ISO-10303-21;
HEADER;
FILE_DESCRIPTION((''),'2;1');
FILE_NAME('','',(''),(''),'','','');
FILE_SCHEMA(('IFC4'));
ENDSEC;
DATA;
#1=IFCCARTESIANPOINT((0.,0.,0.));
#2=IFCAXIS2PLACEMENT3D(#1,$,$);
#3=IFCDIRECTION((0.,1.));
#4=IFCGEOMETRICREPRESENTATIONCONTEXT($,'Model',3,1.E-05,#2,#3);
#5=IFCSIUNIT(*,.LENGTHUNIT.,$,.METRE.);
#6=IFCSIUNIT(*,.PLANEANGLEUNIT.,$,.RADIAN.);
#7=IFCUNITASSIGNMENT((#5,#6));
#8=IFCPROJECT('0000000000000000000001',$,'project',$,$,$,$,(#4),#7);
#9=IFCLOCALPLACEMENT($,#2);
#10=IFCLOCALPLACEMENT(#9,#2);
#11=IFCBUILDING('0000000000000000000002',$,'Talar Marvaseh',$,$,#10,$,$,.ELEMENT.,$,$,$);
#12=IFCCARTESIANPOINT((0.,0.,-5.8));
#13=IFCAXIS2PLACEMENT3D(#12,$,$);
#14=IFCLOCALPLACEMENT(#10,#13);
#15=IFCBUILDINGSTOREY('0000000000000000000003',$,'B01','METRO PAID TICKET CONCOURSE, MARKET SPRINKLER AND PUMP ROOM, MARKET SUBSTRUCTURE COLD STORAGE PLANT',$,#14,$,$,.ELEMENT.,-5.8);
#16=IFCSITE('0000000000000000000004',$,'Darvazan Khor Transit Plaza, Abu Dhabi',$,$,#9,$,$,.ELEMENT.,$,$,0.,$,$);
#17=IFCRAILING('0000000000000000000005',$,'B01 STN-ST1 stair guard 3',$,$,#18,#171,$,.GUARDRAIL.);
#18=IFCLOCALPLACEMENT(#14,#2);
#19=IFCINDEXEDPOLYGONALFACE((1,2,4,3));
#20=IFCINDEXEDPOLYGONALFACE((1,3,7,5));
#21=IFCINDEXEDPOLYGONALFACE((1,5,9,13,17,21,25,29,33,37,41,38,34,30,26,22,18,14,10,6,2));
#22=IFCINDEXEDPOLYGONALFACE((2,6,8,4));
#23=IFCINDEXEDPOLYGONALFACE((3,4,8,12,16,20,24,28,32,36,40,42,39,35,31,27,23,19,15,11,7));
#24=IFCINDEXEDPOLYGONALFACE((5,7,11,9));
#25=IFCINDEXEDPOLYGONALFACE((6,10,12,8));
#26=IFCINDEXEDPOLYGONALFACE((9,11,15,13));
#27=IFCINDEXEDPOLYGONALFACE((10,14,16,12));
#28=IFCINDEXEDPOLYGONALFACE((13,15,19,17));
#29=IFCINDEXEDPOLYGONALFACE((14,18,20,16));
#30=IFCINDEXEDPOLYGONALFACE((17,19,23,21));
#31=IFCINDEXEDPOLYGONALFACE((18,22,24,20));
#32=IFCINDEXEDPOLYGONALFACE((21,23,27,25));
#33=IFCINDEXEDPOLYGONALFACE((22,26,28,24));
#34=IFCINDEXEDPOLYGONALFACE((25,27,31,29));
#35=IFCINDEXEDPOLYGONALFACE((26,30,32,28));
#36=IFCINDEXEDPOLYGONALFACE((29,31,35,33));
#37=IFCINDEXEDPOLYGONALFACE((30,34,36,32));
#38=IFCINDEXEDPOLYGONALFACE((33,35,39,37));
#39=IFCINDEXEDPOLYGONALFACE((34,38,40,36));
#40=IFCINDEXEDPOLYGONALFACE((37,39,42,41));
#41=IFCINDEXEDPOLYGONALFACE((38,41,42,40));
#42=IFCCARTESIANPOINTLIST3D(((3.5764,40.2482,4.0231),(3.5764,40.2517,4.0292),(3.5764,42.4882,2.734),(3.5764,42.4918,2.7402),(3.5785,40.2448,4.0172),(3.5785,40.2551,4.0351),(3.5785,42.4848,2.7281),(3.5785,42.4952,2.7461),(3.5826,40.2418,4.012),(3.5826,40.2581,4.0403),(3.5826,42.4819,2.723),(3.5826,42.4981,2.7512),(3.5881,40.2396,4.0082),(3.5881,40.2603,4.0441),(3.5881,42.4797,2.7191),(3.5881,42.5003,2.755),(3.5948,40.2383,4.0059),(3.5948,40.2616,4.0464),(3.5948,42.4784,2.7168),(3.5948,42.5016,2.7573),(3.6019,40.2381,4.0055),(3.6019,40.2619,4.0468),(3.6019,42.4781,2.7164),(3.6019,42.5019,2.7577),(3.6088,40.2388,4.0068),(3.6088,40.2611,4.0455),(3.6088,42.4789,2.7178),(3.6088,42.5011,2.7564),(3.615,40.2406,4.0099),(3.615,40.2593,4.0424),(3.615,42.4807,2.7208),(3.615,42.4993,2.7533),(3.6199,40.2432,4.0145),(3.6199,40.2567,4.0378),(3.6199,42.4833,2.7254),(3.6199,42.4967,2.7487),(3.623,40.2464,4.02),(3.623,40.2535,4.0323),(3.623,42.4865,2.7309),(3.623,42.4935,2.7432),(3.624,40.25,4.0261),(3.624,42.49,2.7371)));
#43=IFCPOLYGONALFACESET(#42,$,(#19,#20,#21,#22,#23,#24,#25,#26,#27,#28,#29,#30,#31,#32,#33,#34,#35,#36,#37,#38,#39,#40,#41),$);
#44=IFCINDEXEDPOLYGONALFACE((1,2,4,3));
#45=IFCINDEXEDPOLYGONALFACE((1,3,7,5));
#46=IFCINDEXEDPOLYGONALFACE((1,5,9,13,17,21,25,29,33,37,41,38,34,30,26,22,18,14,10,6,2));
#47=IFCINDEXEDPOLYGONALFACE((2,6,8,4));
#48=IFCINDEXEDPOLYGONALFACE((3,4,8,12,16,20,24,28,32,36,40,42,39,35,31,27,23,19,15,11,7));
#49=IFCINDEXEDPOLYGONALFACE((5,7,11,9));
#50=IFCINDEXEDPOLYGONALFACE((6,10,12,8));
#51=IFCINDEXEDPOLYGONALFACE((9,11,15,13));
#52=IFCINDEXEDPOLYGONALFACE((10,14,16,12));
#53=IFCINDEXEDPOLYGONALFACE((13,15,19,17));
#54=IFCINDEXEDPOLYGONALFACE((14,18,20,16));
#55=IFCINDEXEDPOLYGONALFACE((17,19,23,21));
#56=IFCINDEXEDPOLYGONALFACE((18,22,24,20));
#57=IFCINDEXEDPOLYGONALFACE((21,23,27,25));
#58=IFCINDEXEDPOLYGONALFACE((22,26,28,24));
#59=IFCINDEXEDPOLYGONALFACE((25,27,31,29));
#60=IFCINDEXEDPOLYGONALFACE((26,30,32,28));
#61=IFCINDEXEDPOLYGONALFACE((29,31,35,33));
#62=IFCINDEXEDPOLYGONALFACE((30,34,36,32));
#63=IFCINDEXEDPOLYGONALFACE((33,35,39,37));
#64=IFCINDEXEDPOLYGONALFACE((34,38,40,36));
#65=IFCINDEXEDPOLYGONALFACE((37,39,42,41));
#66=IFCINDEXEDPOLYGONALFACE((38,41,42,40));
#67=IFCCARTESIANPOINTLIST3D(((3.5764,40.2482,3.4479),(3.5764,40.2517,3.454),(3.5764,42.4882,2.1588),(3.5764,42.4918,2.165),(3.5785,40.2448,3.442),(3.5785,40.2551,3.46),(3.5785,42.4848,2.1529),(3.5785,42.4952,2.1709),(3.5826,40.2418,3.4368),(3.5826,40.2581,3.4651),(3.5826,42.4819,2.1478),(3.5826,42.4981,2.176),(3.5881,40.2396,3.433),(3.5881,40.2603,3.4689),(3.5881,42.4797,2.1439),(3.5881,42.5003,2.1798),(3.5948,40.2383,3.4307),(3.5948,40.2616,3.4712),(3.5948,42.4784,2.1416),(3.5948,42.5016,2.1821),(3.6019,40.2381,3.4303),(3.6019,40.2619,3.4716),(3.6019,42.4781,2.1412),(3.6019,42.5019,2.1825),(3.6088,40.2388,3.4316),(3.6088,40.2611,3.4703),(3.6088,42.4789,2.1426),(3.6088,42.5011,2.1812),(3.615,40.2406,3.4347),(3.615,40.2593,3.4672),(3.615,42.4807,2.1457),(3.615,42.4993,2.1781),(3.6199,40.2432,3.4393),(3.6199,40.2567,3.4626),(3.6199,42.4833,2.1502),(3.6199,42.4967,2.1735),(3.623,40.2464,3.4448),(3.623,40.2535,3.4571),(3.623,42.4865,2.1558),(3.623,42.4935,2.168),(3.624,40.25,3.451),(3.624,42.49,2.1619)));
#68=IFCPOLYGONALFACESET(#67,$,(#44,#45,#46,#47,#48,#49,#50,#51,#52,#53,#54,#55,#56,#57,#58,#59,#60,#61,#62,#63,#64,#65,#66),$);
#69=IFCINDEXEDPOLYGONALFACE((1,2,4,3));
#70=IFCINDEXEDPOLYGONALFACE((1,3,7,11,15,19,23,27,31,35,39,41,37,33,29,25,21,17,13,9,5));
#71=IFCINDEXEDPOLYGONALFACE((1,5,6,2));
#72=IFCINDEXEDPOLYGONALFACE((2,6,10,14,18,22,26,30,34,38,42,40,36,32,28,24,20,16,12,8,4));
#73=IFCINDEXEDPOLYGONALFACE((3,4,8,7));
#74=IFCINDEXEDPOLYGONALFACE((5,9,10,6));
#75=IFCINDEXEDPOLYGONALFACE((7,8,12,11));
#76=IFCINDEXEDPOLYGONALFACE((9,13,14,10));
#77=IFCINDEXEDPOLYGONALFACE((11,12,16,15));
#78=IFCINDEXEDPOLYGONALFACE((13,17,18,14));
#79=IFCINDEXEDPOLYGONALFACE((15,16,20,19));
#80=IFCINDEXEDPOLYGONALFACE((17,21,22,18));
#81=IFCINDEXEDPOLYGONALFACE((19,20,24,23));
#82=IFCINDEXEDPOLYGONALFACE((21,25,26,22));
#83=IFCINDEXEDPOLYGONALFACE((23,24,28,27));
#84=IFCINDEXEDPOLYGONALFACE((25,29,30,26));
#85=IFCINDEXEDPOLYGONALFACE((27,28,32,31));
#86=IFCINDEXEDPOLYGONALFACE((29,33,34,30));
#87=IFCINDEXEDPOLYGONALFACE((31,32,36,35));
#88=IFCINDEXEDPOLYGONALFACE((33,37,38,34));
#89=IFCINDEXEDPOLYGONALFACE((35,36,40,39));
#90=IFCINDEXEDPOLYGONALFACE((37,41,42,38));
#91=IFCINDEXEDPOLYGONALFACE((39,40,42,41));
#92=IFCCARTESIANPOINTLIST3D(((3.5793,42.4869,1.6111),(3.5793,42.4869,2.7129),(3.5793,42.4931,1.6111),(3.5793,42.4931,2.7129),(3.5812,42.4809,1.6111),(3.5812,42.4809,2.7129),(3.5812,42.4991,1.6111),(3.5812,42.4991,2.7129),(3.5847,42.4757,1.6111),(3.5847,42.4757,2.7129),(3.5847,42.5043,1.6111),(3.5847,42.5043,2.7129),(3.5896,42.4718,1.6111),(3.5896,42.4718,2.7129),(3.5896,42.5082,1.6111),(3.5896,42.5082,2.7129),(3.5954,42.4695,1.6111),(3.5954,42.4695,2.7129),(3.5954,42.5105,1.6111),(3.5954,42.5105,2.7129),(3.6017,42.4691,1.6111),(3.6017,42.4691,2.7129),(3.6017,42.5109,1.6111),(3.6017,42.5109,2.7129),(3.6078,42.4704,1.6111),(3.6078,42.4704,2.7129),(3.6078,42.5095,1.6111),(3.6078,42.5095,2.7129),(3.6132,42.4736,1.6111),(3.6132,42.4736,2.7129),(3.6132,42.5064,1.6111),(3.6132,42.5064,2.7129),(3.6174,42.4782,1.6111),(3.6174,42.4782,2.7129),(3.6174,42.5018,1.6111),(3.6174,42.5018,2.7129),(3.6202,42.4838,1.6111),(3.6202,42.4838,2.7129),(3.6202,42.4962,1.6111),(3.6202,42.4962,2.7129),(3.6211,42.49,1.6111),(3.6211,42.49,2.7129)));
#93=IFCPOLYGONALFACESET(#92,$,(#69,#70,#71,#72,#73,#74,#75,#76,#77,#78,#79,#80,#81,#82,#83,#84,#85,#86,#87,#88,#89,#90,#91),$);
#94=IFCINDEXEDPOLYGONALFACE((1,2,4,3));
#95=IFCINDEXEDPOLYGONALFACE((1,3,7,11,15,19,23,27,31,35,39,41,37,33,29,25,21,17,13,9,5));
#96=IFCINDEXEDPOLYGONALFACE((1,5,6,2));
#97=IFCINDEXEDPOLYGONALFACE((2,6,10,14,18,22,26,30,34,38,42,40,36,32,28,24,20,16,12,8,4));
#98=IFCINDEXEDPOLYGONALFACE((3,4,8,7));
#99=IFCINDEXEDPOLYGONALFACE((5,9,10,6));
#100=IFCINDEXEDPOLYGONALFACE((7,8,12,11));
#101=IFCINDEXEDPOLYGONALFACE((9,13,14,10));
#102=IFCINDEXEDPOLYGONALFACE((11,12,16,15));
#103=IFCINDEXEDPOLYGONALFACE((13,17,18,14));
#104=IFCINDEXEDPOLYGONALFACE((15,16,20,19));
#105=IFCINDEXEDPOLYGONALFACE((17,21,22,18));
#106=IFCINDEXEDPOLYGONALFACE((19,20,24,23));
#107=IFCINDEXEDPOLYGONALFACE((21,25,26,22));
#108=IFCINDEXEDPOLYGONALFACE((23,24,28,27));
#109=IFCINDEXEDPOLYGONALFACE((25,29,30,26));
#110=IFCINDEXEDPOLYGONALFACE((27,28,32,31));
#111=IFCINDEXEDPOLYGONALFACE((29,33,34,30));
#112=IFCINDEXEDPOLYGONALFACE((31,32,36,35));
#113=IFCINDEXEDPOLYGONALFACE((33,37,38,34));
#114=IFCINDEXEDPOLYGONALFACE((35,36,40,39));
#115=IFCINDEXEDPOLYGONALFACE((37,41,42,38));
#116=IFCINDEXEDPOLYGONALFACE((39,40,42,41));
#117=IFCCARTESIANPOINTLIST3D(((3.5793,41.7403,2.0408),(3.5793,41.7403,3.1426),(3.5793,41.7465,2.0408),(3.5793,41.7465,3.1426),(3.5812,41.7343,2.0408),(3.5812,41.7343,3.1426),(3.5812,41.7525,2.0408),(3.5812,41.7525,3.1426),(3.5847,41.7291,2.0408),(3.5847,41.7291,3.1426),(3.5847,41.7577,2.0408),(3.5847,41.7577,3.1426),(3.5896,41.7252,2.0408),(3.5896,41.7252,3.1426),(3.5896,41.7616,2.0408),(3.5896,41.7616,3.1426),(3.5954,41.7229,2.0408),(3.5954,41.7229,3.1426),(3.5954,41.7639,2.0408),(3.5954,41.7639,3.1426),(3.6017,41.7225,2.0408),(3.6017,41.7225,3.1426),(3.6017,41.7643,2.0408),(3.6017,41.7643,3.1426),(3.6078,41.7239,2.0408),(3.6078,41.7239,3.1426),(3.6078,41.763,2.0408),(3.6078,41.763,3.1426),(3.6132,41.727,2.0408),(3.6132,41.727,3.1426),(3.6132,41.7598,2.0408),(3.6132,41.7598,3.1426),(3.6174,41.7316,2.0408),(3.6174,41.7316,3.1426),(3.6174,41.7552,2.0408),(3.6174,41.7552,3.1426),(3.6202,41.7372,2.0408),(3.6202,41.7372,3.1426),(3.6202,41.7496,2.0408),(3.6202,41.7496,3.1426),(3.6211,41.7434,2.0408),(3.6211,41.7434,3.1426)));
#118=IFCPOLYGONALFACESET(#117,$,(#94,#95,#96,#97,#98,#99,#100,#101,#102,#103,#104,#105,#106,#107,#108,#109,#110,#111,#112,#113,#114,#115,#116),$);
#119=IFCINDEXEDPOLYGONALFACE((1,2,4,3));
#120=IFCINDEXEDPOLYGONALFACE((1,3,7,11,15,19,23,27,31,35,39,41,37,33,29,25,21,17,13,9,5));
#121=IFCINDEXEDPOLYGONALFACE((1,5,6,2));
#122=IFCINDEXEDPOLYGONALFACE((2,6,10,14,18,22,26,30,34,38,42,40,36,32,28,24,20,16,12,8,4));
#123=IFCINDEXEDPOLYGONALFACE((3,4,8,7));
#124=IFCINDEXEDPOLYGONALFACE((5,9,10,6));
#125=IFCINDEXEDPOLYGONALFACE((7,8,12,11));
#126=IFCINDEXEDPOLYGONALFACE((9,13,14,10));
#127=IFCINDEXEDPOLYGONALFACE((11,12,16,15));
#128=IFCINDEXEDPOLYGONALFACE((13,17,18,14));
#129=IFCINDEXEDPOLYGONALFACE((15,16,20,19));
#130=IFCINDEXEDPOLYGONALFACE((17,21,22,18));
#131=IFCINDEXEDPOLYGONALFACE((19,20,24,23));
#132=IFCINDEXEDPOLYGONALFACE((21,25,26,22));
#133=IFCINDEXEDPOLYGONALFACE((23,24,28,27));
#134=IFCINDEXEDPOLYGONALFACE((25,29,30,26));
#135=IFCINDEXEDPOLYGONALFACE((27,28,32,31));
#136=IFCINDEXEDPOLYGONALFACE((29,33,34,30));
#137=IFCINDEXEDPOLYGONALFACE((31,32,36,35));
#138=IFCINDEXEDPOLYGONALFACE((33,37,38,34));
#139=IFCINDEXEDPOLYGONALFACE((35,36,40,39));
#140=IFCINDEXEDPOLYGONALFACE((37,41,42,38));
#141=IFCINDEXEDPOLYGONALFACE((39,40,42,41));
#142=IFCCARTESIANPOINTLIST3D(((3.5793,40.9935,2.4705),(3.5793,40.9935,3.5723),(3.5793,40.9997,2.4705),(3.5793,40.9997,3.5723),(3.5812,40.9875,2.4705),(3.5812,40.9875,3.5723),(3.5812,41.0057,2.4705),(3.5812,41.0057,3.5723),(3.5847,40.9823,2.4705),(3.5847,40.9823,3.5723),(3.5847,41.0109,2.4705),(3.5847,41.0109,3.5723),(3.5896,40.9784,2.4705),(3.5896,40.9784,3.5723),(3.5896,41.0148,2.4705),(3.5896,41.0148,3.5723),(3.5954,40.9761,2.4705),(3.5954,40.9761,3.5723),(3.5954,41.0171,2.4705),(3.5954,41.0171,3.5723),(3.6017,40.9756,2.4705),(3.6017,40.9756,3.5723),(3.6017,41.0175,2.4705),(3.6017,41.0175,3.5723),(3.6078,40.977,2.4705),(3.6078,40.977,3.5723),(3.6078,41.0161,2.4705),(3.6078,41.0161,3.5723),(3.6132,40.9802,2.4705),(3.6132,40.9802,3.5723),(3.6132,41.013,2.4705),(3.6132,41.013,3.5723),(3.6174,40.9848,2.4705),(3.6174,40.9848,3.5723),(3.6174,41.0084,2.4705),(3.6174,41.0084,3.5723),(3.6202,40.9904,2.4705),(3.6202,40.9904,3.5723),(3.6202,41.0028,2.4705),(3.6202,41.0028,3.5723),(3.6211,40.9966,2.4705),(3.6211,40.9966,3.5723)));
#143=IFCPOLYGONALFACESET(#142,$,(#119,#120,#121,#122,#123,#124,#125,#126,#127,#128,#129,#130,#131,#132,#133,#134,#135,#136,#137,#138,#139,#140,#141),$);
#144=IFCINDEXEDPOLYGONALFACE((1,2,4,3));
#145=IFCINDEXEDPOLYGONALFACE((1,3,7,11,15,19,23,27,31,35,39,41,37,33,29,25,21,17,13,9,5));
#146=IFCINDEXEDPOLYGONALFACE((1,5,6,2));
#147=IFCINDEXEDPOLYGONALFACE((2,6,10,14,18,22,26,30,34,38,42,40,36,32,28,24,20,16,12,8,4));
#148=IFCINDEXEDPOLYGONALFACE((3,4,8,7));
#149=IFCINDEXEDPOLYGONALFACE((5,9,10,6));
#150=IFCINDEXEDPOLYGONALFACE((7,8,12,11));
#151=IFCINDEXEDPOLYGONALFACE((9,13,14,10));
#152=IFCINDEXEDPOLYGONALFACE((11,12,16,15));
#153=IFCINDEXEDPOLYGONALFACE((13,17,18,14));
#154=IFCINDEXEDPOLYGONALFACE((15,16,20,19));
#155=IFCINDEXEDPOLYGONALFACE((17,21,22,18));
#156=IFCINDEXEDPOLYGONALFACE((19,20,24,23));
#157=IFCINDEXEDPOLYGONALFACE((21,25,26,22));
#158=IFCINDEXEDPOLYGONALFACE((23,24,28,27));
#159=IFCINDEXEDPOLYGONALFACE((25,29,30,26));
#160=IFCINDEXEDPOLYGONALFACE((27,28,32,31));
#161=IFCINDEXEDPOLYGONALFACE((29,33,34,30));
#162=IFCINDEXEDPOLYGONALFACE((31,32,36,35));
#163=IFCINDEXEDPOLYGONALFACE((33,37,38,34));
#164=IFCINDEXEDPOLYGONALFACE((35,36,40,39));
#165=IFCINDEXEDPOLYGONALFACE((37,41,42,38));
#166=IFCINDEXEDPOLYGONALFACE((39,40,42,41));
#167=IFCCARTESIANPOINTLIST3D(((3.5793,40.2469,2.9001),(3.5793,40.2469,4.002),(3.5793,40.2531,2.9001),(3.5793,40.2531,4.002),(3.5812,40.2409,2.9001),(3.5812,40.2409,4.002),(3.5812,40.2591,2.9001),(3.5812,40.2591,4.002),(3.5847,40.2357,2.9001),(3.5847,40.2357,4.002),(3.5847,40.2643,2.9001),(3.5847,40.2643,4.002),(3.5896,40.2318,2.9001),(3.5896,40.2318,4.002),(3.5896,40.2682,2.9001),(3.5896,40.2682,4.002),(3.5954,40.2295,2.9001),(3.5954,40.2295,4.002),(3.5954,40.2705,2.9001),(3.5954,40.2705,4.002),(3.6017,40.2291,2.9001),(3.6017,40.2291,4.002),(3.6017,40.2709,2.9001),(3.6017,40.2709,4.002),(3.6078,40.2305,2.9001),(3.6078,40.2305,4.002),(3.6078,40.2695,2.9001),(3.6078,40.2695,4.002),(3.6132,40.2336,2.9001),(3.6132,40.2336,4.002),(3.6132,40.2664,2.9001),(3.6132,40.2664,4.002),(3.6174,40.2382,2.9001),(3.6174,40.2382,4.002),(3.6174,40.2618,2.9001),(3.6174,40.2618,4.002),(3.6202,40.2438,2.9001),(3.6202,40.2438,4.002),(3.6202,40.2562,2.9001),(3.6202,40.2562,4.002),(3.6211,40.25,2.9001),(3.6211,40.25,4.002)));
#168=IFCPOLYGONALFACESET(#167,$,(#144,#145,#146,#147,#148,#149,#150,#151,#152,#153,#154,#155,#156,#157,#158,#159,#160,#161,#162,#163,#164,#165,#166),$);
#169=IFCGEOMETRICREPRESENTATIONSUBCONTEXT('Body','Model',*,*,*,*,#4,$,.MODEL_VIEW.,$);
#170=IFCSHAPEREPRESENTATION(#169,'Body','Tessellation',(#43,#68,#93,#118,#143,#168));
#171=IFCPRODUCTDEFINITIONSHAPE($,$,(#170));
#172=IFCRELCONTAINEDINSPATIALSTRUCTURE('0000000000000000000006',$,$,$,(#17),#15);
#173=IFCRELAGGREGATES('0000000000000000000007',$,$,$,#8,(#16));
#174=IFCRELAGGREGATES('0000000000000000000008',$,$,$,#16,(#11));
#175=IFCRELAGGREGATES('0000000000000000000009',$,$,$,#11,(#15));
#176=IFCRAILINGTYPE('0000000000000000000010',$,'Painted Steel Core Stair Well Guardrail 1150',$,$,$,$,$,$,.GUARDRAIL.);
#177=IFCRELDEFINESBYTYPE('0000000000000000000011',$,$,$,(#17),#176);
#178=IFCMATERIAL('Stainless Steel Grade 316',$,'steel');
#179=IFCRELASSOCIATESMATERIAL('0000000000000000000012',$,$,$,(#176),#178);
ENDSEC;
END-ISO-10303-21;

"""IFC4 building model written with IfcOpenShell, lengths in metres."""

from ifc_helpers import new_model, si_unit, direction, frame, origin, origin_2d, place, context, subcontext, project, spatial, circle, extrude, material, type_object, element, save


model = new_model("IFC4")

# Units and contexts
model_context = context("Model", 3, precision=1e-05, world=origin(), true_north=direction((0.0, 1.0)))
body_context = subcontext(model_context, "Body", "Model", "MODEL_VIEW")
ifc_project = project(units=[si_unit("LENGTHUNIT", "METRE"), si_unit("PLANEANGLEUNIT", "RADIAN")], contexts=[model_context])

# Site, building, storey
site_placement = place(None, origin())
site = spatial("IfcSite", under=ifc_project, at=site_placement, Name="Darvazan Khor Transit Plaza, Abu Dhabi", CompositionType="ELEMENT", RefElevation=0.0)
building_placement = place(site_placement, origin())
building = spatial("IfcBuilding", under=site, at=building_placement, Name="Talar Marvaseh", CompositionType="ELEMENT")
storey_placement = place(building_placement, frame((0.0, 0.0, -5.8)))
storey = spatial("IfcBuildingStorey", under=building, at=storey_placement, Name="B01", Description="METRO PAID TICKET CONCOURSE, MARKET SPRINKLER AND PUMP ROOM, MARKET SUBSTRUCTURE COLD STORAGE PLANT", CompositionType="ELEMENT", Elevation=-5.8)

# Railing
ifc_material_1 = material(Name="Stainless Steel Grade 316", Category="steel")
railing_type_1 = type_object("IfcRailingType", Name="Painted Steel Core Stair Well Guardrail 1150", PredefinedType="GUARDRAIL", material=ifc_material_1)
railing_1_placement = place(storey_placement, frame((3.6001, 42.49, 1.6111)))
element("IfcRailing", 1, at=railing_1_placement, inside=storey, type_object=railing_type_1, Name="B01 STN-ST1 stair guard 3", PredefinedType="GUARDRAIL", context=body_context, shape_type="SweptSolid", body=[
    extrude(circle(Radius=0.0239, at=origin_2d()), frame((0.0, 0.0, 1.126), z_axis=(0.0, -0.866728, 0.498782), x_axis=(1.0, 0.0, 0.0)), (0.0, 0.0, 1.0), 2.5845),
    extrude(circle(Radius=0.0239, at=origin_2d()), frame((0.0, 0.0, 0.5508), z_axis=(0.0, -0.866728, 0.498782), x_axis=(1.0, 0.0, 0.0)), (0.0, 0.0, 1.0), 2.5845),
    extrude(circle(Radius=0.021, at=origin_2d()), origin(), (0.0, 0.0, 1.0), 1.1018),
    extrude(circle(Radius=0.021, at=origin_2d()), frame((0.0, -0.7466, 0.4297)), (0.0, 0.0, 1.0), 1.1018),
    extrude(circle(Radius=0.021, at=origin_2d()), frame((0.0, -1.4934, 0.8594)), (0.0, 0.0, 1.0), 1.1018),
    extrude(circle(Radius=0.021, at=origin_2d()), frame((0.0, -2.24, 1.2891)), (0.0, 0.0, 1.0), 1.1018),
])

save(model, "model.ifc")
